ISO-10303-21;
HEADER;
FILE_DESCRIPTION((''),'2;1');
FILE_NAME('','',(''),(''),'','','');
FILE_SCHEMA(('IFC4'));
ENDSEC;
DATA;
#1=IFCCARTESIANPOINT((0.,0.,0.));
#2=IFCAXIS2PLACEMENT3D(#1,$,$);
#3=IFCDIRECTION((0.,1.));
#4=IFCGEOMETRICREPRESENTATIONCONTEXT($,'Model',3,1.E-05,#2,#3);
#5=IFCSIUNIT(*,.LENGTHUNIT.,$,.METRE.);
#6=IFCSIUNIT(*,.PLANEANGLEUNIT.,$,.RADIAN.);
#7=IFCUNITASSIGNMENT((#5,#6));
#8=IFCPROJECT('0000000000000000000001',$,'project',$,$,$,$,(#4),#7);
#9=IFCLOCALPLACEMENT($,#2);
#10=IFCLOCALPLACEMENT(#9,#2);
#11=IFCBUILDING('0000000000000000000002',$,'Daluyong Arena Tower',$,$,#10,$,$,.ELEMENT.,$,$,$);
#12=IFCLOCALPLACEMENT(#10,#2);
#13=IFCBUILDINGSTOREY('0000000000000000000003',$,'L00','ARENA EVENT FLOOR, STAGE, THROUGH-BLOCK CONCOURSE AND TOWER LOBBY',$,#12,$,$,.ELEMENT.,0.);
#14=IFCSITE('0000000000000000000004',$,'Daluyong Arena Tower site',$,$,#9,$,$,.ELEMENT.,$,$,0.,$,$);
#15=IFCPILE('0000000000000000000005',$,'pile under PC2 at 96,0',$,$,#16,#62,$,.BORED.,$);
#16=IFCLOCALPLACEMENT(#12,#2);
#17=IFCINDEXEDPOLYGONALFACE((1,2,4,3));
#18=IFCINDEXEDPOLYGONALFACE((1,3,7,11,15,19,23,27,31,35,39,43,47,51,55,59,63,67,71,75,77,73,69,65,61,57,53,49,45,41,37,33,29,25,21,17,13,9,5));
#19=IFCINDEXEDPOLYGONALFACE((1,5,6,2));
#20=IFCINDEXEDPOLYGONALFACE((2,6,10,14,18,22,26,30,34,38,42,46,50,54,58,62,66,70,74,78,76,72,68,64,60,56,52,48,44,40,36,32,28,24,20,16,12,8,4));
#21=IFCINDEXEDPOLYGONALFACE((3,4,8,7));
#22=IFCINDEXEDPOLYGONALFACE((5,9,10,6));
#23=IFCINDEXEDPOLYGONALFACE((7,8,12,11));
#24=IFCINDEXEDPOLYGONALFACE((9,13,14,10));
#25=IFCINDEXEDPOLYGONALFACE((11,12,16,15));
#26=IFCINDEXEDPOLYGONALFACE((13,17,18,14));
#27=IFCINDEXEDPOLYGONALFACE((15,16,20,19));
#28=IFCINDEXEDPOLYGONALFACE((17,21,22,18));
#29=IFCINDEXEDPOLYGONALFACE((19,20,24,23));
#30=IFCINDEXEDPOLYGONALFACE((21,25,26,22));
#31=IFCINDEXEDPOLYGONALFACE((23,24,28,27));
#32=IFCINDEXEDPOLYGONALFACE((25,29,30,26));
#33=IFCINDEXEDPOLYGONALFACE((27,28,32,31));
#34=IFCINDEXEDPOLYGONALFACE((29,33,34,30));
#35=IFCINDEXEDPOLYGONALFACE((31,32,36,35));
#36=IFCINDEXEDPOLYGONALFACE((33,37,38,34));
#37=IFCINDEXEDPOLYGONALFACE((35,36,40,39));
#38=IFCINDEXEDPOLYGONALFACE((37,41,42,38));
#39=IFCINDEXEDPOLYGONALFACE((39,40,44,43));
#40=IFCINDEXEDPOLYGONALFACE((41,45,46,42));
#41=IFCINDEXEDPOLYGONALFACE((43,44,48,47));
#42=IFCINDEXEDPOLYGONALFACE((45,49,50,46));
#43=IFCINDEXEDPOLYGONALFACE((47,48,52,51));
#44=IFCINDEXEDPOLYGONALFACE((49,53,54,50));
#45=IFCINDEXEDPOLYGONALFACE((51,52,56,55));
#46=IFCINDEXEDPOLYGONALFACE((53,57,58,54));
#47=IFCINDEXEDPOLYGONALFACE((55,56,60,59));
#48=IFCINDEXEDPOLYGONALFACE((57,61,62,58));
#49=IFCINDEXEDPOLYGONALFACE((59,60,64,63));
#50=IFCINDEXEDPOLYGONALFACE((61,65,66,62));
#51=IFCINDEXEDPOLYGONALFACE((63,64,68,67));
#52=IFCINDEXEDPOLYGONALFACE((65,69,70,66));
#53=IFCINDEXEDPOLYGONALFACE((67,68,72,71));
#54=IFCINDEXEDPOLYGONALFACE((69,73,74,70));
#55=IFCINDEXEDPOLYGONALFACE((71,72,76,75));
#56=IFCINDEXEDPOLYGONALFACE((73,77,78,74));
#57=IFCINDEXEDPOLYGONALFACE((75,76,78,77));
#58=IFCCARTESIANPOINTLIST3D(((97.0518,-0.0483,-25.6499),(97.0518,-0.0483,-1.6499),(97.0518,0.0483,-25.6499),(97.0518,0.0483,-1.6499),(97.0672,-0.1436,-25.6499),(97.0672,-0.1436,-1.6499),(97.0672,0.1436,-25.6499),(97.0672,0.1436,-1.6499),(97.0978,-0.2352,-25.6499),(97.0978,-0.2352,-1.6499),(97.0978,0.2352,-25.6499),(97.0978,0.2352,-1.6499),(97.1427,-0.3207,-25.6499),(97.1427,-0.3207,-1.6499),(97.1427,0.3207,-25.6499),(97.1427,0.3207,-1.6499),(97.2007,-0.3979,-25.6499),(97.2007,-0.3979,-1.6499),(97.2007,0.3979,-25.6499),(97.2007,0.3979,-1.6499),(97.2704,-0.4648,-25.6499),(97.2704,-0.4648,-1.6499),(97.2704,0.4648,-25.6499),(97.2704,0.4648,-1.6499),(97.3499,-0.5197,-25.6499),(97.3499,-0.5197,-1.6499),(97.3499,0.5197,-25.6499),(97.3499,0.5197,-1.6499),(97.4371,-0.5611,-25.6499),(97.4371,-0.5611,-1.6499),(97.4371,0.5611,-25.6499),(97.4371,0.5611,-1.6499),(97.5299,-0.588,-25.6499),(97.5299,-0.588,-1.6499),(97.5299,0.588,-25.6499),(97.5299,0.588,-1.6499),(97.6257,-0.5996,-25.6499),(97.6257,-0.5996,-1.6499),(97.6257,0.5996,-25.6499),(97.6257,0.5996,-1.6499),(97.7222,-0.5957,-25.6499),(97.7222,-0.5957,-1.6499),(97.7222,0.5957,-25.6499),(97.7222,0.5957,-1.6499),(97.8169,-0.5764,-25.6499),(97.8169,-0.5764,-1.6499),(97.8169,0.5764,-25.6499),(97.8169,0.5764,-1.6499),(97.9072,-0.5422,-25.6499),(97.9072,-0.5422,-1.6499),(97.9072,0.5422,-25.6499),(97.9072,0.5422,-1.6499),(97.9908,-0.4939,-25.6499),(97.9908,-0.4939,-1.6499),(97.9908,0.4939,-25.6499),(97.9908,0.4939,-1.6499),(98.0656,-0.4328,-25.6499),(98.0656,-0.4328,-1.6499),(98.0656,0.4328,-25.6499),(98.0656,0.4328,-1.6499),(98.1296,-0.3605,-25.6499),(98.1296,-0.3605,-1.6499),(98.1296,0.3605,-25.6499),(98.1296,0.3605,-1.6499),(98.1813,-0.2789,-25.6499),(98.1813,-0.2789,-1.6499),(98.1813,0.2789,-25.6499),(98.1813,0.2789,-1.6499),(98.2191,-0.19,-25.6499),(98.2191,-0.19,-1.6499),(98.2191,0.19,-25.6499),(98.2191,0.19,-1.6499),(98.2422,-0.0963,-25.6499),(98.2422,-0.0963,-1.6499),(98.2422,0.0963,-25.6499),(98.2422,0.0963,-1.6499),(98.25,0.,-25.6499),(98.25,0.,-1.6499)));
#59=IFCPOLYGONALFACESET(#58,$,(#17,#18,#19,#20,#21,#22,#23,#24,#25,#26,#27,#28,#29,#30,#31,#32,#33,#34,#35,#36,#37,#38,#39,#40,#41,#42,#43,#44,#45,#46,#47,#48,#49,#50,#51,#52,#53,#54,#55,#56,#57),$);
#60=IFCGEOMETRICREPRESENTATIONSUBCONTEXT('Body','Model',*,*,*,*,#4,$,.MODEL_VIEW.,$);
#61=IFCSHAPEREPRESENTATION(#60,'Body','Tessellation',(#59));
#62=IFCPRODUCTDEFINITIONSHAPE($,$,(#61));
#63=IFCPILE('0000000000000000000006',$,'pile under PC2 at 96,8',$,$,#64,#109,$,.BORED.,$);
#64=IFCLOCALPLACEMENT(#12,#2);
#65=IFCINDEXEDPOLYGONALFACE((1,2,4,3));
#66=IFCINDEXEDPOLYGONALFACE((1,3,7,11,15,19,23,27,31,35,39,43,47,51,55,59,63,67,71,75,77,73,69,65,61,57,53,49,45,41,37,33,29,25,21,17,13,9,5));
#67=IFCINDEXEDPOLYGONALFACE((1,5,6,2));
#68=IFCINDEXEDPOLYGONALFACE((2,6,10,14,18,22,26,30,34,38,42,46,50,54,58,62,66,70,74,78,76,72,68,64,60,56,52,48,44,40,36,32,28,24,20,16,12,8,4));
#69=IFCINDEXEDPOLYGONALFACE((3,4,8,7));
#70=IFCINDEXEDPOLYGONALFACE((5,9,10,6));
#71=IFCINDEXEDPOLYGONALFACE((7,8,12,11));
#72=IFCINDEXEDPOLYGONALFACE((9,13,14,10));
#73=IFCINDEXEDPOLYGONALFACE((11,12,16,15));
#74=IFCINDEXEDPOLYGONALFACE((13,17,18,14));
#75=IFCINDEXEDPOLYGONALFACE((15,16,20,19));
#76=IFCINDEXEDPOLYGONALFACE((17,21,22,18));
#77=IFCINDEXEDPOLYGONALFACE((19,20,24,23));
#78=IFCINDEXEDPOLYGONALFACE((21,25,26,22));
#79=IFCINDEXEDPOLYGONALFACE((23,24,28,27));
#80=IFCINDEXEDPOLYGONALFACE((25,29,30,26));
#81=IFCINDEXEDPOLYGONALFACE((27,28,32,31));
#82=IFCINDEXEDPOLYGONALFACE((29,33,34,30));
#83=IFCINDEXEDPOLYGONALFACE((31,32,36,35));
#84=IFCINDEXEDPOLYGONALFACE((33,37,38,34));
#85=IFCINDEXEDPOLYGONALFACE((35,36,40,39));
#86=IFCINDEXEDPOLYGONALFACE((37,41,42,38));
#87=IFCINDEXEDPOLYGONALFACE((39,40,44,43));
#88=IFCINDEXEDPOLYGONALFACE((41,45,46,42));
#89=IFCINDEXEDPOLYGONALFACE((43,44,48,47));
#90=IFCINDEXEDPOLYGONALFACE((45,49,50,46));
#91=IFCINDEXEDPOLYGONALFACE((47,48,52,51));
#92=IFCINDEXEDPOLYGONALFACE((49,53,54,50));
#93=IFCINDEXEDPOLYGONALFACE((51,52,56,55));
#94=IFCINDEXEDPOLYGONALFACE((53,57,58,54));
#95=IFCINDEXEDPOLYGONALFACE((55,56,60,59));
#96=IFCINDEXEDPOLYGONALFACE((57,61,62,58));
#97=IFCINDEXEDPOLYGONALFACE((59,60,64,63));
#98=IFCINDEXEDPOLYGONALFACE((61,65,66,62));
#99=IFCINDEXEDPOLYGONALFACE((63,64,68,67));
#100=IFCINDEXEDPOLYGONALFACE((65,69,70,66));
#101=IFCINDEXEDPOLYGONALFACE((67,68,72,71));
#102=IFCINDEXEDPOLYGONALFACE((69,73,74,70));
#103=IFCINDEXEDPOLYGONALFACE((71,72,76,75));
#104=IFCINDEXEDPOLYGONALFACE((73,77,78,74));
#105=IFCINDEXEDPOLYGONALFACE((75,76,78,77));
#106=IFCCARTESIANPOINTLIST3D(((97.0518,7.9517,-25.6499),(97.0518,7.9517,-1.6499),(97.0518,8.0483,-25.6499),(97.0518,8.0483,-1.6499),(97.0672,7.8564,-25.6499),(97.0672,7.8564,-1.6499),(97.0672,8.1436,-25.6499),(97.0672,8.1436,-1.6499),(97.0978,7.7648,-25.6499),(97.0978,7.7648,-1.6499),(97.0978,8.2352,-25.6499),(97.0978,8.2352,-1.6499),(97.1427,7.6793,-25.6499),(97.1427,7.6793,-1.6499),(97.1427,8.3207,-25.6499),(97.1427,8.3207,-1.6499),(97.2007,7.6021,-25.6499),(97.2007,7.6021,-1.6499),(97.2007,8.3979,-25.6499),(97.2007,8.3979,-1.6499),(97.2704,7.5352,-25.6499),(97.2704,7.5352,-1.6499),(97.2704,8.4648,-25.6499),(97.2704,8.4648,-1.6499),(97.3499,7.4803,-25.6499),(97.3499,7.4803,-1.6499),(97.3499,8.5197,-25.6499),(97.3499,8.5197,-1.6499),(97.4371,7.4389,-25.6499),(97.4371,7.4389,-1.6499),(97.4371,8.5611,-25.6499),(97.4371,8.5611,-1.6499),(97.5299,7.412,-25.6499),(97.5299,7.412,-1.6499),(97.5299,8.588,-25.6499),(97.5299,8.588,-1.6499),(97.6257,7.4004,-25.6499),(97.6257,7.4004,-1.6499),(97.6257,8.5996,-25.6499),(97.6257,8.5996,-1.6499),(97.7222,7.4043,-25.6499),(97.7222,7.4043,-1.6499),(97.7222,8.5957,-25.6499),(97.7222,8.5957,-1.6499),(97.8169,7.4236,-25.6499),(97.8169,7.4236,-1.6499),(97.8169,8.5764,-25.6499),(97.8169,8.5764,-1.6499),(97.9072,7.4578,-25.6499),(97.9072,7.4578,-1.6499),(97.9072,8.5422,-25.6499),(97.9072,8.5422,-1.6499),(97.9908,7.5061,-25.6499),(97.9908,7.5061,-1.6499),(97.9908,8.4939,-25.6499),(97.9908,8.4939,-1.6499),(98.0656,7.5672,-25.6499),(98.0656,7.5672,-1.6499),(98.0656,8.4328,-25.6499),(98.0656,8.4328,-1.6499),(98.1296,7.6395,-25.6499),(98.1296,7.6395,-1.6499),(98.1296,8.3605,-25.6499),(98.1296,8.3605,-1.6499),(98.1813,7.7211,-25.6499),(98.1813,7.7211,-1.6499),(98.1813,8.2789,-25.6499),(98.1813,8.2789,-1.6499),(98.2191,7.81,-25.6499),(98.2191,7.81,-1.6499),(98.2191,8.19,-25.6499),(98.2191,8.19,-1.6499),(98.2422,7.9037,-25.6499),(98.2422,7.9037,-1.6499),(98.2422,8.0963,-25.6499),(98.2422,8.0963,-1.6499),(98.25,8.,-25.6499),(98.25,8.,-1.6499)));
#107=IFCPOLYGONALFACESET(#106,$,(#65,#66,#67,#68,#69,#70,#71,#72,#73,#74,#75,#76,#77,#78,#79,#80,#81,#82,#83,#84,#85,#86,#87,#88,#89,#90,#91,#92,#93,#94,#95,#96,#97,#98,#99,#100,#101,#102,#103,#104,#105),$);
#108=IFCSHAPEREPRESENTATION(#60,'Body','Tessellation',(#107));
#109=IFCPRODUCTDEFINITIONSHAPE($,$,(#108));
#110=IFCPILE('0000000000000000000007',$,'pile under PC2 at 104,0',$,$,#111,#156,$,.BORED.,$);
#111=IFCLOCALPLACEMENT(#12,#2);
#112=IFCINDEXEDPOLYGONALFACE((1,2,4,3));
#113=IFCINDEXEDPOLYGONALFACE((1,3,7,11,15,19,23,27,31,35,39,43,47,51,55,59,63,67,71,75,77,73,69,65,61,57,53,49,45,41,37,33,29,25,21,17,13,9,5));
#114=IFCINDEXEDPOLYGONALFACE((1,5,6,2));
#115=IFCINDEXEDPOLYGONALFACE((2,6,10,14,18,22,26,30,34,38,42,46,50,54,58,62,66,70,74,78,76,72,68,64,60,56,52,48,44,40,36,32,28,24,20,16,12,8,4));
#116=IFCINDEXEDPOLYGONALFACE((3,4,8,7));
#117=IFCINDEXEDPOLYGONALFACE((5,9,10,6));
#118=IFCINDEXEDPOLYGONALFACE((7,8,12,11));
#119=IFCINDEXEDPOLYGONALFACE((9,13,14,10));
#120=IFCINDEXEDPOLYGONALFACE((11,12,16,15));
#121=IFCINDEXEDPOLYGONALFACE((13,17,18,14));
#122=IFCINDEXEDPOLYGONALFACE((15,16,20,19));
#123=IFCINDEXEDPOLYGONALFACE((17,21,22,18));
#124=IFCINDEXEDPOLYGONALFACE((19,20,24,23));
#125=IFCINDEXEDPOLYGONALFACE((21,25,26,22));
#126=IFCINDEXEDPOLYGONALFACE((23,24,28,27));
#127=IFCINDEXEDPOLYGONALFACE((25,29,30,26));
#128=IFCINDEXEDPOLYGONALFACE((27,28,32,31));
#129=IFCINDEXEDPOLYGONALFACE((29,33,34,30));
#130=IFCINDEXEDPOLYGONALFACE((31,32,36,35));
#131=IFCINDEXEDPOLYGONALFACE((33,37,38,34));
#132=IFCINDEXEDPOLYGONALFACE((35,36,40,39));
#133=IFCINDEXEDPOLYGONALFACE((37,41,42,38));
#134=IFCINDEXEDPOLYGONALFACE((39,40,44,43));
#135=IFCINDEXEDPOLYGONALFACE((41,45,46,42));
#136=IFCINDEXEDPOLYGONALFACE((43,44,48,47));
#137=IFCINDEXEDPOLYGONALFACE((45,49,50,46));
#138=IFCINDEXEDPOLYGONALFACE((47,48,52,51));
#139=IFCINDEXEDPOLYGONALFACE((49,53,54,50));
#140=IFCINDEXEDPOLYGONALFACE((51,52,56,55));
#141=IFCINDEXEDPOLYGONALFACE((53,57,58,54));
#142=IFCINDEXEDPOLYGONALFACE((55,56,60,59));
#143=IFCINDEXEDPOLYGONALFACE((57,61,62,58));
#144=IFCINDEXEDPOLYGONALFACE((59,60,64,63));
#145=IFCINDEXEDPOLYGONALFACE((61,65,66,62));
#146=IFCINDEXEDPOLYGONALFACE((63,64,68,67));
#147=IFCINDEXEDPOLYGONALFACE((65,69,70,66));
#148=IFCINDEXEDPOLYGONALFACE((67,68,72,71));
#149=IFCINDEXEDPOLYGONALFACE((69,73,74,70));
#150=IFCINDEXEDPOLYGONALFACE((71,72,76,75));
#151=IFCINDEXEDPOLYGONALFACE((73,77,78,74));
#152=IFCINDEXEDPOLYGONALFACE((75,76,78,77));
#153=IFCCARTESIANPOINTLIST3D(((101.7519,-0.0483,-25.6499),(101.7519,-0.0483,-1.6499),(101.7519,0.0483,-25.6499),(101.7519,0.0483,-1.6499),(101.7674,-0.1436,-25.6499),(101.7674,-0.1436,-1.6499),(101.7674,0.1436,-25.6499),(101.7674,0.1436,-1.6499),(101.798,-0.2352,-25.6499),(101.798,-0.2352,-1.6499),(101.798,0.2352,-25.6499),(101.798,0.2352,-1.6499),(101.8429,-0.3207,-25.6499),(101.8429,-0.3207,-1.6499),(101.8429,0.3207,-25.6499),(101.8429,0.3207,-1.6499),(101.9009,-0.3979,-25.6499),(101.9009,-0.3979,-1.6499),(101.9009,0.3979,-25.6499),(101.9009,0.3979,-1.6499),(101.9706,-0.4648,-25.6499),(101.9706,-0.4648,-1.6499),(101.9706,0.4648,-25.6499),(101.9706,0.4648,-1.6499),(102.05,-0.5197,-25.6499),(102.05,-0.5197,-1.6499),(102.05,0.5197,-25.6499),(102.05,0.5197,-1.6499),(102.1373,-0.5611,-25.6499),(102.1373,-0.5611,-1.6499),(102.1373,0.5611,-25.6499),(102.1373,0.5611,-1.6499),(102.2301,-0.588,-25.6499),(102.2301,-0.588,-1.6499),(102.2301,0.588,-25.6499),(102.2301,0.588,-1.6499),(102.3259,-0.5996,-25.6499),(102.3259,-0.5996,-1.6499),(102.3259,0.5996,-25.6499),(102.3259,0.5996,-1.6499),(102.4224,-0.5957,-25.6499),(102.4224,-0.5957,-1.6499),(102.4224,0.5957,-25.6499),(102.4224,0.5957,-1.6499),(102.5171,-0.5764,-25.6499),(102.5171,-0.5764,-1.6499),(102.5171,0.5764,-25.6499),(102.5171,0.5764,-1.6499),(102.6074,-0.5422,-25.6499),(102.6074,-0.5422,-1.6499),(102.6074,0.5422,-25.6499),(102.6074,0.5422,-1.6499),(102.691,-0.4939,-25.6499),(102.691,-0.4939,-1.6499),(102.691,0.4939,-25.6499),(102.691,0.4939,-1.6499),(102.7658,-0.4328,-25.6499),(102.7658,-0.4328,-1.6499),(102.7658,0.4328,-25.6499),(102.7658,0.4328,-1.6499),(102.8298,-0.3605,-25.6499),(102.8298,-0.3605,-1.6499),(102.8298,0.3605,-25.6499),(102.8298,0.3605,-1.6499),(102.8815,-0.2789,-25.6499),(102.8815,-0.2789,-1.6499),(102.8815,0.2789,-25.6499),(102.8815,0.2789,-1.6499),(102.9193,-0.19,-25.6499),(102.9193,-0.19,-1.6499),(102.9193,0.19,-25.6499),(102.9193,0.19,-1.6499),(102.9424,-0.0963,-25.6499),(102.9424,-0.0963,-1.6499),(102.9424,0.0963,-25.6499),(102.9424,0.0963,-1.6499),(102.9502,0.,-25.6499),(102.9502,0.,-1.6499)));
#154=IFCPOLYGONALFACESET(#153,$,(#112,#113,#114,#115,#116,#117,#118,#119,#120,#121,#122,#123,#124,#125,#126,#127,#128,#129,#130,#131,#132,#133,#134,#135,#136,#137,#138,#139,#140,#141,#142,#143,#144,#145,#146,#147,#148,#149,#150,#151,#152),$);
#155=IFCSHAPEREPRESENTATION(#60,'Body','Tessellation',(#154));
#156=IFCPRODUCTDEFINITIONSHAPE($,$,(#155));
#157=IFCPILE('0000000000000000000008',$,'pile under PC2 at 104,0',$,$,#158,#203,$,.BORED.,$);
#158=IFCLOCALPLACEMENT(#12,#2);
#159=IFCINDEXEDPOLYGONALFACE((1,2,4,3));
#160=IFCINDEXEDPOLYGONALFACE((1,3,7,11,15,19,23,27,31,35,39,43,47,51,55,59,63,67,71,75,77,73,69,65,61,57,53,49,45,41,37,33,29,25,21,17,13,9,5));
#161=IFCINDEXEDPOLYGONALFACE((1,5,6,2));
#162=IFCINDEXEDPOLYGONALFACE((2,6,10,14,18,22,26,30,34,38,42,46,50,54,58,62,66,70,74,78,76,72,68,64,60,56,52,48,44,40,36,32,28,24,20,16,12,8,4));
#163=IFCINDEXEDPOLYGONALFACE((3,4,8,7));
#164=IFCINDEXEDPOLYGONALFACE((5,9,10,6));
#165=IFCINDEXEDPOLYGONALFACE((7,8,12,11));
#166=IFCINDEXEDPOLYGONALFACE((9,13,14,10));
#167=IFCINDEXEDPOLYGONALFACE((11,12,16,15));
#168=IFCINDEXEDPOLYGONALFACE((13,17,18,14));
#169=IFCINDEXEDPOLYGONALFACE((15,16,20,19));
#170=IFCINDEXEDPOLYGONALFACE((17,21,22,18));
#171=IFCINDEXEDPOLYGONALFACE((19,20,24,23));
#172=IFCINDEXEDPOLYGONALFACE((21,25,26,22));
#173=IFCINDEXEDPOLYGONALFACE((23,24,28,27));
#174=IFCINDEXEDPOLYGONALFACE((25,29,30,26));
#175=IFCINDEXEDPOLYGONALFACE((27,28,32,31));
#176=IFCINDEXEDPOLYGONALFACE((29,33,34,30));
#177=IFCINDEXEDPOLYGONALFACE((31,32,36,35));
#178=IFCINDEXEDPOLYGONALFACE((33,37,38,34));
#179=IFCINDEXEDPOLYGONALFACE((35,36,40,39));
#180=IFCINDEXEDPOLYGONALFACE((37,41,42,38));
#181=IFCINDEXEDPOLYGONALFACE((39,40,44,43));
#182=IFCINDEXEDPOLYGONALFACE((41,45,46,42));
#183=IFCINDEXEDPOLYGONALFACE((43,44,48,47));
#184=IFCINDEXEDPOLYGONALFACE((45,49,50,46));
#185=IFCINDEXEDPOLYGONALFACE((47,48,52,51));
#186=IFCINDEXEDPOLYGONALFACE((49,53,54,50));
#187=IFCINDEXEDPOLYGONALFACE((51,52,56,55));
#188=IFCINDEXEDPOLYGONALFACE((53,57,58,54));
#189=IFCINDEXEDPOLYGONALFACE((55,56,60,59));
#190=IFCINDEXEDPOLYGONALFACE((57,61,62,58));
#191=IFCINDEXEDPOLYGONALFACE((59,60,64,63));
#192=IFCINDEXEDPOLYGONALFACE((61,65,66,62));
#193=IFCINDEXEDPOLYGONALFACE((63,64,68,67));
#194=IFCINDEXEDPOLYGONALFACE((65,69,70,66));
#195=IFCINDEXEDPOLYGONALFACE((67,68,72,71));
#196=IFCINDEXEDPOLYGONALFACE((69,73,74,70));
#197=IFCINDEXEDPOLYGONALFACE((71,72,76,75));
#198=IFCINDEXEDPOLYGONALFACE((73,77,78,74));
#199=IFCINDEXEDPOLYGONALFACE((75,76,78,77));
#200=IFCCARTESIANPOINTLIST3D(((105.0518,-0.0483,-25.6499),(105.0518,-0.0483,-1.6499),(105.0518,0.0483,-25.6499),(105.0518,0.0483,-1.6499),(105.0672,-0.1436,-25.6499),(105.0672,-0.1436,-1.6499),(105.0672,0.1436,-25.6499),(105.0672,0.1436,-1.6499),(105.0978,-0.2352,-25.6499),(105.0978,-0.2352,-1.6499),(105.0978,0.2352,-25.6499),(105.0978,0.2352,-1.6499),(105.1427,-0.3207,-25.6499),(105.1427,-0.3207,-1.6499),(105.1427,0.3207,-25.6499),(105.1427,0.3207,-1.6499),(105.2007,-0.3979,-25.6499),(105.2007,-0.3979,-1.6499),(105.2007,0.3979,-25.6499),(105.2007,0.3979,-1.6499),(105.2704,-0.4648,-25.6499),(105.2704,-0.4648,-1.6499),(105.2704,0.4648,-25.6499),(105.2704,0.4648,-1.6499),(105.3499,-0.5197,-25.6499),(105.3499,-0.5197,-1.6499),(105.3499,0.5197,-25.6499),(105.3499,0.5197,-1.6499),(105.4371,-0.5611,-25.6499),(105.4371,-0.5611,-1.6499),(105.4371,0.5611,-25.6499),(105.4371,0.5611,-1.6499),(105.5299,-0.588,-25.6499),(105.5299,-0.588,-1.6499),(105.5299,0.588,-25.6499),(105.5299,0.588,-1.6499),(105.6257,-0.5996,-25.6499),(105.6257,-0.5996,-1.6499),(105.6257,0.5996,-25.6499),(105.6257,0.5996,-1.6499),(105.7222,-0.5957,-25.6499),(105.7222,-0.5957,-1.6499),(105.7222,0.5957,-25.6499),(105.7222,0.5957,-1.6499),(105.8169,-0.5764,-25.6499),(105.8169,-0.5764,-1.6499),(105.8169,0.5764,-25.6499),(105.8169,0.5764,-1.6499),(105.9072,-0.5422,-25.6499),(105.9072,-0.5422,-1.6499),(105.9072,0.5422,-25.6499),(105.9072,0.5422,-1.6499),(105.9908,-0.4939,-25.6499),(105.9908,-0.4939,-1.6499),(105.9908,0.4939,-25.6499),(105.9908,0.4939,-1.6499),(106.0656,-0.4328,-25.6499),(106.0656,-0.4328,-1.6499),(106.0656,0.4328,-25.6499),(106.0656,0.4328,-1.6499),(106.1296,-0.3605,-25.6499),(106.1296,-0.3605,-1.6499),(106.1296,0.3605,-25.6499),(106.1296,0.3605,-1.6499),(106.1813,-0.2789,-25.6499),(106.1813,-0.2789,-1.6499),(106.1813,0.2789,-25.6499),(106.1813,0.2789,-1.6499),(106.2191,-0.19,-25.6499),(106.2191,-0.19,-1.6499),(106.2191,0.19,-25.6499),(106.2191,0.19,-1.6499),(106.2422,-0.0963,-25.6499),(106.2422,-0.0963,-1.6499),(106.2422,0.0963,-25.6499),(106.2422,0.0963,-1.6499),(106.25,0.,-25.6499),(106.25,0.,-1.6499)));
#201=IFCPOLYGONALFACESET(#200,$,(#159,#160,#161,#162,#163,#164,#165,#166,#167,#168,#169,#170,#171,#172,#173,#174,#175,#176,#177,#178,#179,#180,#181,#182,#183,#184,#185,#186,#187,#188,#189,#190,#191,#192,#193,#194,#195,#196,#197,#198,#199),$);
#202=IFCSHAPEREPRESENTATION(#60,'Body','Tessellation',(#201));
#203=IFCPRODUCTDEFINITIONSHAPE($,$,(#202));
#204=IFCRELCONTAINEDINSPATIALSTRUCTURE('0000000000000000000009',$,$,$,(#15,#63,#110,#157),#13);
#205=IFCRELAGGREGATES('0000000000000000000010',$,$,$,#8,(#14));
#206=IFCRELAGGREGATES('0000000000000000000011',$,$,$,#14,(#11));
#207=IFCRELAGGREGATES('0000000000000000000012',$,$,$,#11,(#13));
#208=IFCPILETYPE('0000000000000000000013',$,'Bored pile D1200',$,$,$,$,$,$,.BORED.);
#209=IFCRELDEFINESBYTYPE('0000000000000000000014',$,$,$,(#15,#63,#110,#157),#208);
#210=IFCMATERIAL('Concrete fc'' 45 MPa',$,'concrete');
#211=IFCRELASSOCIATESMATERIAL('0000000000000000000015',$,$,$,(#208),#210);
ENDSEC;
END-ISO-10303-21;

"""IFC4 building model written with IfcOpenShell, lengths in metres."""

from ifc_helpers import new_model, si_unit, direction, frame, origin, origin_2d, place, context, subcontext, project, spatial, circle, extrude, material, type_object, element, save


model = new_model("IFC4")

# Units and contexts
model_context = context("Model", 3, precision=1e-05, world=origin(), true_north=direction((0.0, 1.0)))
body_context = subcontext(model_context, "Body", "Model", "MODEL_VIEW")
ifc_project = project(units=[si_unit("LENGTHUNIT", "METRE"), si_unit("PLANEANGLEUNIT", "RADIAN")], contexts=[model_context])

# Site, building, storey
site_placement = place(None, origin())
site = spatial("IfcSite", under=ifc_project, at=site_placement, Name="Daluyong Arena Tower site", CompositionType="ELEMENT", RefElevation=0.0)
building_placement = place(site_placement, origin())
building = spatial("IfcBuilding", under=site, at=building_placement, Name="Daluyong Arena Tower", CompositionType="ELEMENT")
storey_placement = place(building_placement, origin())
storey = spatial("IfcBuildingStorey", under=building, at=storey_placement, Name="L00", Description="ARENA EVENT FLOOR, STAGE, THROUGH-BLOCK CONCOURSE AND TOWER LOBBY", CompositionType="ELEMENT", Elevation=0.0)

# Piles
ifc_material_1 = material(Name="Concrete fc' 45 MPa", Category="concrete")
pile_type = type_object("IfcPileType", Name="Bored pile D1200", PredefinedType="BORED", material=ifc_material_1)
for number, where, z_axis, x_axis, name in (
    (1, (97.6499, 0.0, -1.6499), (0.0, 0.0, -1.0), (1.0, 0.0, 0.0), "pile under PC2 at 96,0"),
    (2, (97.6499, 8.0, -1.6499), (0.0, 0.0, -1.0), (1.0, 0.0, 0.0), "pile under PC2 at 96,8"),
    (3, (102.3501, 0.0, -1.6499), (0.0, 0.0, -1.0), (1.0, 0.0, 0.0), "pile under PC2 at 104,0"),
    (4, (105.6499, 0.0, -1.6499), (0.0, 0.0, -1.0), (1.0, 0.0, 0.0), "pile under PC2 at 104,0"),
):
    element("IfcPile", number, at=place(storey_placement, frame(where, z_axis=z_axis, x_axis=x_axis)), inside=storey, type_object=pile_type, Name=name, PredefinedType="BORED", context=body_context, shape_type="SweptSolid", body=[
        extrude(circle(Radius=0.6001, at=origin_2d()), origin(), (0.0, 0.0, 1.0), 24.0),
    ])

save(model, "model.ifc")
